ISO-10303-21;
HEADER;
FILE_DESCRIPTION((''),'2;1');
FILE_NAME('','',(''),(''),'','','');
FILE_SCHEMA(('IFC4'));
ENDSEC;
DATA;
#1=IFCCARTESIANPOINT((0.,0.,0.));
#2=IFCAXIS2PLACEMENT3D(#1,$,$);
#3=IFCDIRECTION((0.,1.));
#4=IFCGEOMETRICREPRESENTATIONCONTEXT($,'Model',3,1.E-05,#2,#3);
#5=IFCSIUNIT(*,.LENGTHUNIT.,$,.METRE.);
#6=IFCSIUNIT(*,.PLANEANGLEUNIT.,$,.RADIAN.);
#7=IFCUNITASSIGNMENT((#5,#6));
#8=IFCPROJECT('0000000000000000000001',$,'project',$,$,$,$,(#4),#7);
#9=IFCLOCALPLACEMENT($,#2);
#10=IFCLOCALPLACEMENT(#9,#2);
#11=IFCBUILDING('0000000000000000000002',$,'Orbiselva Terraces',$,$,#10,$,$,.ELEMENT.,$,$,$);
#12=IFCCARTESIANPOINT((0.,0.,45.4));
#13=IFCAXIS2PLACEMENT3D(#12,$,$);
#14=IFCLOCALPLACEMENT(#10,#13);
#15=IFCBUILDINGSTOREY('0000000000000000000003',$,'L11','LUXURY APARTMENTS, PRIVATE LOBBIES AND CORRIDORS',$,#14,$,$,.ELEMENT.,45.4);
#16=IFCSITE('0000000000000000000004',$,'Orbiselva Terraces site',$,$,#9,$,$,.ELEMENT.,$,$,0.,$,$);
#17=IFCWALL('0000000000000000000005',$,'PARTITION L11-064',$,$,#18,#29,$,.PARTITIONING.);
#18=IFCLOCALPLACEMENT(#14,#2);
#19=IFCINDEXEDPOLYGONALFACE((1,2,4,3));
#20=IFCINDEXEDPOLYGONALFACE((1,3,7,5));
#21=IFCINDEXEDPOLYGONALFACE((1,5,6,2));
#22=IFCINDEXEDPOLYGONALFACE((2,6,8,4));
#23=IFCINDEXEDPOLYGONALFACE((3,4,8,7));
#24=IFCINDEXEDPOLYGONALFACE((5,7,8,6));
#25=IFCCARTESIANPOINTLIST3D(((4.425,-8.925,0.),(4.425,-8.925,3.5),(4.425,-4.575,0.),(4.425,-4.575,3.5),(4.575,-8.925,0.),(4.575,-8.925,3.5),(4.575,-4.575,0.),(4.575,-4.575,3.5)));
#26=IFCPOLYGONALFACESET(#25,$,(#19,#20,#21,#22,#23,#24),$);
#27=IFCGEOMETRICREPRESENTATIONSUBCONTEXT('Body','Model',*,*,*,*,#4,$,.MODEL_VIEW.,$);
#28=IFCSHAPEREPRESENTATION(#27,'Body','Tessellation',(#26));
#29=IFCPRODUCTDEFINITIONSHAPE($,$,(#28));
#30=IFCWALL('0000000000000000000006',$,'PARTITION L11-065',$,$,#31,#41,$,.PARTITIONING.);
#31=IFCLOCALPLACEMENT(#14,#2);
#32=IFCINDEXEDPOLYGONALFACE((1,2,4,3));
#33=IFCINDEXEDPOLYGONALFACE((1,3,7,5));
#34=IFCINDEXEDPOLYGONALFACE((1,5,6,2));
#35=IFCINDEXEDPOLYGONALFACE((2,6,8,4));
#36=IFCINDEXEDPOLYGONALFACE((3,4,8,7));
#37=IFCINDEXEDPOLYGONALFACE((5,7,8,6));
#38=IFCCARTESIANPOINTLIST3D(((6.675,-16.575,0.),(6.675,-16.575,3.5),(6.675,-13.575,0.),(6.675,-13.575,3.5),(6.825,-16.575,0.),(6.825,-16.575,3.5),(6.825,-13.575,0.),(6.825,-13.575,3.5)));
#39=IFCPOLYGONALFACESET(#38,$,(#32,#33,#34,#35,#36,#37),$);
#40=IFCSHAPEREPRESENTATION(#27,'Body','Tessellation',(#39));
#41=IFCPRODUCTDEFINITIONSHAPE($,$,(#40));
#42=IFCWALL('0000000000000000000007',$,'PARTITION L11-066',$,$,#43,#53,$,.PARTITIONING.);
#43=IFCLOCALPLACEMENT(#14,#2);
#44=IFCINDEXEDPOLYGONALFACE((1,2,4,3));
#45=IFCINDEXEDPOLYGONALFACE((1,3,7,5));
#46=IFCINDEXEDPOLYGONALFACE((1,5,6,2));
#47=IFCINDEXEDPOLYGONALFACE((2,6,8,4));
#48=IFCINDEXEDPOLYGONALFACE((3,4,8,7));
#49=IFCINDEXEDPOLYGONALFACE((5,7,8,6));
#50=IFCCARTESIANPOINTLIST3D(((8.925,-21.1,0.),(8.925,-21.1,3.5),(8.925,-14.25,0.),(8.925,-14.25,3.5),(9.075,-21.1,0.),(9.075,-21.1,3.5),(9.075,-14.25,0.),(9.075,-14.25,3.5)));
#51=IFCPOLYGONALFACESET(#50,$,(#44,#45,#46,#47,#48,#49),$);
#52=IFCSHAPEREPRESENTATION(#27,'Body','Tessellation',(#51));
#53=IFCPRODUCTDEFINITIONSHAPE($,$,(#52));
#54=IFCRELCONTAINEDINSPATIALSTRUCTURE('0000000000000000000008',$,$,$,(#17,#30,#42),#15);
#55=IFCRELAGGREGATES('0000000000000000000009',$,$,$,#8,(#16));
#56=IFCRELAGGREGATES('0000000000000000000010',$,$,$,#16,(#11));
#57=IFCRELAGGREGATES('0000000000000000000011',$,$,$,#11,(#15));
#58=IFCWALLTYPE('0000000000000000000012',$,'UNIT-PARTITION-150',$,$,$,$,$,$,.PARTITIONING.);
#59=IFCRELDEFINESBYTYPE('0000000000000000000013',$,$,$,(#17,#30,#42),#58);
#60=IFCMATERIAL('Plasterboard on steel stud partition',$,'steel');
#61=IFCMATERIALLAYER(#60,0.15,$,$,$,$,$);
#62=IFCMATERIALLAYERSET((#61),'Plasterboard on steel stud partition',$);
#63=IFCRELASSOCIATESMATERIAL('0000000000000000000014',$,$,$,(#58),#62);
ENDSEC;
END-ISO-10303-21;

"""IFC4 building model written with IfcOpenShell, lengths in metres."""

from ifc_helpers import new_model, si_unit, direction, frame, frame_2d, origin, place, context, subcontext, project, spatial, rectangle, extrude, material, layer, layer_set, type_object, element, save


model = new_model("IFC4")

# Units and contexts
model_context = context("Model", 3, precision=1e-05, world=origin(), true_north=direction((0.0, 1.0)))
body_context = subcontext(model_context, "Body", "Model", "MODEL_VIEW")
ifc_project = project(units=[si_unit("LENGTHUNIT", "METRE"), si_unit("PLANEANGLEUNIT", "RADIAN")], contexts=[model_context])

# Site, building, storey
site_placement = place(None, origin())
site = spatial("IfcSite", under=ifc_project, at=site_placement, Name="Orbiselva Terraces site", CompositionType="ELEMENT", RefElevation=0.0)
building_placement = place(site_placement, origin())
building = spatial("IfcBuilding", under=site, at=building_placement, Name="Orbiselva Terraces", CompositionType="ELEMENT")
storey_placement = place(building_placement, frame((0.0, 0.0, 45.4)))
storey = spatial("IfcBuildingStorey", under=building, at=storey_placement, Name="L11", Description="LUXURY APARTMENTS, PRIVATE LOBBIES AND CORRIDORS", CompositionType="ELEMENT", Elevation=45.4)

# Shared definitions
ifc_material_1 = material(Name="Plasterboard on steel stud partition", Category="steel")

# Shared definitions
ifc_layer_1 = layer(ifc_material_1, 0.15)
ifc_layer_set_1 = layer_set([ifc_layer_1], Name="Plasterboard on steel stud partition")
wall_type_1 = type_object("IfcWallType", Name="UNIT-PARTITION-150", PredefinedType="PARTITIONING", material=ifc_layer_set_1)

# Walls
wall_1_placement = place(storey_placement, frame((4.5, -8.925, 0.0), z_axis=(0.0, 0.0, 1.0), x_axis=(0.0, 1.0, 0.0)))
element("IfcWall", 1, at=wall_1_placement, inside=storey, type_object=wall_type_1, Name="PARTITION L11-064", PredefinedType="PARTITIONING", context=body_context, shape_type="SweptSolid", body=[
    extrude(rectangle(XDim=4.35, YDim=0.15, at=frame_2d((2.175, 0.0))), origin(), (0.0, 0.0, 1.0), 3.5),
])
wall_2_placement = place(storey_placement, frame((6.75, -16.575, 0.0), z_axis=(0.0, 0.0, 1.0), x_axis=(0.0, 1.0, 0.0)))
element("IfcWall", 2, at=wall_2_placement, inside=storey, type_object=wall_type_1, Name="PARTITION L11-065", PredefinedType="PARTITIONING", context=body_context, shape_type="SweptSolid", body=[
    extrude(rectangle(XDim=3.0, YDim=0.15, at=frame_2d((1.5, 0.0))), origin(), (0.0, 0.0, 1.0), 3.5),
])
wall_3_placement = place(storey_placement, frame((9.0, -21.1, 0.0), z_axis=(0.0, 0.0, 1.0), x_axis=(0.0, 1.0, 0.0)))
element("IfcWall", 3, at=wall_3_placement, inside=storey, type_object=wall_type_1, Name="PARTITION L11-066", PredefinedType="PARTITIONING", context=body_context, shape_type="SweptSolid", body=[
    extrude(rectangle(XDim=6.85, YDim=0.15, at=frame_2d((3.425, 0.0))), origin(), (0.0, 0.0, 1.0), 3.5),
])

save(model, "model.ifc")
